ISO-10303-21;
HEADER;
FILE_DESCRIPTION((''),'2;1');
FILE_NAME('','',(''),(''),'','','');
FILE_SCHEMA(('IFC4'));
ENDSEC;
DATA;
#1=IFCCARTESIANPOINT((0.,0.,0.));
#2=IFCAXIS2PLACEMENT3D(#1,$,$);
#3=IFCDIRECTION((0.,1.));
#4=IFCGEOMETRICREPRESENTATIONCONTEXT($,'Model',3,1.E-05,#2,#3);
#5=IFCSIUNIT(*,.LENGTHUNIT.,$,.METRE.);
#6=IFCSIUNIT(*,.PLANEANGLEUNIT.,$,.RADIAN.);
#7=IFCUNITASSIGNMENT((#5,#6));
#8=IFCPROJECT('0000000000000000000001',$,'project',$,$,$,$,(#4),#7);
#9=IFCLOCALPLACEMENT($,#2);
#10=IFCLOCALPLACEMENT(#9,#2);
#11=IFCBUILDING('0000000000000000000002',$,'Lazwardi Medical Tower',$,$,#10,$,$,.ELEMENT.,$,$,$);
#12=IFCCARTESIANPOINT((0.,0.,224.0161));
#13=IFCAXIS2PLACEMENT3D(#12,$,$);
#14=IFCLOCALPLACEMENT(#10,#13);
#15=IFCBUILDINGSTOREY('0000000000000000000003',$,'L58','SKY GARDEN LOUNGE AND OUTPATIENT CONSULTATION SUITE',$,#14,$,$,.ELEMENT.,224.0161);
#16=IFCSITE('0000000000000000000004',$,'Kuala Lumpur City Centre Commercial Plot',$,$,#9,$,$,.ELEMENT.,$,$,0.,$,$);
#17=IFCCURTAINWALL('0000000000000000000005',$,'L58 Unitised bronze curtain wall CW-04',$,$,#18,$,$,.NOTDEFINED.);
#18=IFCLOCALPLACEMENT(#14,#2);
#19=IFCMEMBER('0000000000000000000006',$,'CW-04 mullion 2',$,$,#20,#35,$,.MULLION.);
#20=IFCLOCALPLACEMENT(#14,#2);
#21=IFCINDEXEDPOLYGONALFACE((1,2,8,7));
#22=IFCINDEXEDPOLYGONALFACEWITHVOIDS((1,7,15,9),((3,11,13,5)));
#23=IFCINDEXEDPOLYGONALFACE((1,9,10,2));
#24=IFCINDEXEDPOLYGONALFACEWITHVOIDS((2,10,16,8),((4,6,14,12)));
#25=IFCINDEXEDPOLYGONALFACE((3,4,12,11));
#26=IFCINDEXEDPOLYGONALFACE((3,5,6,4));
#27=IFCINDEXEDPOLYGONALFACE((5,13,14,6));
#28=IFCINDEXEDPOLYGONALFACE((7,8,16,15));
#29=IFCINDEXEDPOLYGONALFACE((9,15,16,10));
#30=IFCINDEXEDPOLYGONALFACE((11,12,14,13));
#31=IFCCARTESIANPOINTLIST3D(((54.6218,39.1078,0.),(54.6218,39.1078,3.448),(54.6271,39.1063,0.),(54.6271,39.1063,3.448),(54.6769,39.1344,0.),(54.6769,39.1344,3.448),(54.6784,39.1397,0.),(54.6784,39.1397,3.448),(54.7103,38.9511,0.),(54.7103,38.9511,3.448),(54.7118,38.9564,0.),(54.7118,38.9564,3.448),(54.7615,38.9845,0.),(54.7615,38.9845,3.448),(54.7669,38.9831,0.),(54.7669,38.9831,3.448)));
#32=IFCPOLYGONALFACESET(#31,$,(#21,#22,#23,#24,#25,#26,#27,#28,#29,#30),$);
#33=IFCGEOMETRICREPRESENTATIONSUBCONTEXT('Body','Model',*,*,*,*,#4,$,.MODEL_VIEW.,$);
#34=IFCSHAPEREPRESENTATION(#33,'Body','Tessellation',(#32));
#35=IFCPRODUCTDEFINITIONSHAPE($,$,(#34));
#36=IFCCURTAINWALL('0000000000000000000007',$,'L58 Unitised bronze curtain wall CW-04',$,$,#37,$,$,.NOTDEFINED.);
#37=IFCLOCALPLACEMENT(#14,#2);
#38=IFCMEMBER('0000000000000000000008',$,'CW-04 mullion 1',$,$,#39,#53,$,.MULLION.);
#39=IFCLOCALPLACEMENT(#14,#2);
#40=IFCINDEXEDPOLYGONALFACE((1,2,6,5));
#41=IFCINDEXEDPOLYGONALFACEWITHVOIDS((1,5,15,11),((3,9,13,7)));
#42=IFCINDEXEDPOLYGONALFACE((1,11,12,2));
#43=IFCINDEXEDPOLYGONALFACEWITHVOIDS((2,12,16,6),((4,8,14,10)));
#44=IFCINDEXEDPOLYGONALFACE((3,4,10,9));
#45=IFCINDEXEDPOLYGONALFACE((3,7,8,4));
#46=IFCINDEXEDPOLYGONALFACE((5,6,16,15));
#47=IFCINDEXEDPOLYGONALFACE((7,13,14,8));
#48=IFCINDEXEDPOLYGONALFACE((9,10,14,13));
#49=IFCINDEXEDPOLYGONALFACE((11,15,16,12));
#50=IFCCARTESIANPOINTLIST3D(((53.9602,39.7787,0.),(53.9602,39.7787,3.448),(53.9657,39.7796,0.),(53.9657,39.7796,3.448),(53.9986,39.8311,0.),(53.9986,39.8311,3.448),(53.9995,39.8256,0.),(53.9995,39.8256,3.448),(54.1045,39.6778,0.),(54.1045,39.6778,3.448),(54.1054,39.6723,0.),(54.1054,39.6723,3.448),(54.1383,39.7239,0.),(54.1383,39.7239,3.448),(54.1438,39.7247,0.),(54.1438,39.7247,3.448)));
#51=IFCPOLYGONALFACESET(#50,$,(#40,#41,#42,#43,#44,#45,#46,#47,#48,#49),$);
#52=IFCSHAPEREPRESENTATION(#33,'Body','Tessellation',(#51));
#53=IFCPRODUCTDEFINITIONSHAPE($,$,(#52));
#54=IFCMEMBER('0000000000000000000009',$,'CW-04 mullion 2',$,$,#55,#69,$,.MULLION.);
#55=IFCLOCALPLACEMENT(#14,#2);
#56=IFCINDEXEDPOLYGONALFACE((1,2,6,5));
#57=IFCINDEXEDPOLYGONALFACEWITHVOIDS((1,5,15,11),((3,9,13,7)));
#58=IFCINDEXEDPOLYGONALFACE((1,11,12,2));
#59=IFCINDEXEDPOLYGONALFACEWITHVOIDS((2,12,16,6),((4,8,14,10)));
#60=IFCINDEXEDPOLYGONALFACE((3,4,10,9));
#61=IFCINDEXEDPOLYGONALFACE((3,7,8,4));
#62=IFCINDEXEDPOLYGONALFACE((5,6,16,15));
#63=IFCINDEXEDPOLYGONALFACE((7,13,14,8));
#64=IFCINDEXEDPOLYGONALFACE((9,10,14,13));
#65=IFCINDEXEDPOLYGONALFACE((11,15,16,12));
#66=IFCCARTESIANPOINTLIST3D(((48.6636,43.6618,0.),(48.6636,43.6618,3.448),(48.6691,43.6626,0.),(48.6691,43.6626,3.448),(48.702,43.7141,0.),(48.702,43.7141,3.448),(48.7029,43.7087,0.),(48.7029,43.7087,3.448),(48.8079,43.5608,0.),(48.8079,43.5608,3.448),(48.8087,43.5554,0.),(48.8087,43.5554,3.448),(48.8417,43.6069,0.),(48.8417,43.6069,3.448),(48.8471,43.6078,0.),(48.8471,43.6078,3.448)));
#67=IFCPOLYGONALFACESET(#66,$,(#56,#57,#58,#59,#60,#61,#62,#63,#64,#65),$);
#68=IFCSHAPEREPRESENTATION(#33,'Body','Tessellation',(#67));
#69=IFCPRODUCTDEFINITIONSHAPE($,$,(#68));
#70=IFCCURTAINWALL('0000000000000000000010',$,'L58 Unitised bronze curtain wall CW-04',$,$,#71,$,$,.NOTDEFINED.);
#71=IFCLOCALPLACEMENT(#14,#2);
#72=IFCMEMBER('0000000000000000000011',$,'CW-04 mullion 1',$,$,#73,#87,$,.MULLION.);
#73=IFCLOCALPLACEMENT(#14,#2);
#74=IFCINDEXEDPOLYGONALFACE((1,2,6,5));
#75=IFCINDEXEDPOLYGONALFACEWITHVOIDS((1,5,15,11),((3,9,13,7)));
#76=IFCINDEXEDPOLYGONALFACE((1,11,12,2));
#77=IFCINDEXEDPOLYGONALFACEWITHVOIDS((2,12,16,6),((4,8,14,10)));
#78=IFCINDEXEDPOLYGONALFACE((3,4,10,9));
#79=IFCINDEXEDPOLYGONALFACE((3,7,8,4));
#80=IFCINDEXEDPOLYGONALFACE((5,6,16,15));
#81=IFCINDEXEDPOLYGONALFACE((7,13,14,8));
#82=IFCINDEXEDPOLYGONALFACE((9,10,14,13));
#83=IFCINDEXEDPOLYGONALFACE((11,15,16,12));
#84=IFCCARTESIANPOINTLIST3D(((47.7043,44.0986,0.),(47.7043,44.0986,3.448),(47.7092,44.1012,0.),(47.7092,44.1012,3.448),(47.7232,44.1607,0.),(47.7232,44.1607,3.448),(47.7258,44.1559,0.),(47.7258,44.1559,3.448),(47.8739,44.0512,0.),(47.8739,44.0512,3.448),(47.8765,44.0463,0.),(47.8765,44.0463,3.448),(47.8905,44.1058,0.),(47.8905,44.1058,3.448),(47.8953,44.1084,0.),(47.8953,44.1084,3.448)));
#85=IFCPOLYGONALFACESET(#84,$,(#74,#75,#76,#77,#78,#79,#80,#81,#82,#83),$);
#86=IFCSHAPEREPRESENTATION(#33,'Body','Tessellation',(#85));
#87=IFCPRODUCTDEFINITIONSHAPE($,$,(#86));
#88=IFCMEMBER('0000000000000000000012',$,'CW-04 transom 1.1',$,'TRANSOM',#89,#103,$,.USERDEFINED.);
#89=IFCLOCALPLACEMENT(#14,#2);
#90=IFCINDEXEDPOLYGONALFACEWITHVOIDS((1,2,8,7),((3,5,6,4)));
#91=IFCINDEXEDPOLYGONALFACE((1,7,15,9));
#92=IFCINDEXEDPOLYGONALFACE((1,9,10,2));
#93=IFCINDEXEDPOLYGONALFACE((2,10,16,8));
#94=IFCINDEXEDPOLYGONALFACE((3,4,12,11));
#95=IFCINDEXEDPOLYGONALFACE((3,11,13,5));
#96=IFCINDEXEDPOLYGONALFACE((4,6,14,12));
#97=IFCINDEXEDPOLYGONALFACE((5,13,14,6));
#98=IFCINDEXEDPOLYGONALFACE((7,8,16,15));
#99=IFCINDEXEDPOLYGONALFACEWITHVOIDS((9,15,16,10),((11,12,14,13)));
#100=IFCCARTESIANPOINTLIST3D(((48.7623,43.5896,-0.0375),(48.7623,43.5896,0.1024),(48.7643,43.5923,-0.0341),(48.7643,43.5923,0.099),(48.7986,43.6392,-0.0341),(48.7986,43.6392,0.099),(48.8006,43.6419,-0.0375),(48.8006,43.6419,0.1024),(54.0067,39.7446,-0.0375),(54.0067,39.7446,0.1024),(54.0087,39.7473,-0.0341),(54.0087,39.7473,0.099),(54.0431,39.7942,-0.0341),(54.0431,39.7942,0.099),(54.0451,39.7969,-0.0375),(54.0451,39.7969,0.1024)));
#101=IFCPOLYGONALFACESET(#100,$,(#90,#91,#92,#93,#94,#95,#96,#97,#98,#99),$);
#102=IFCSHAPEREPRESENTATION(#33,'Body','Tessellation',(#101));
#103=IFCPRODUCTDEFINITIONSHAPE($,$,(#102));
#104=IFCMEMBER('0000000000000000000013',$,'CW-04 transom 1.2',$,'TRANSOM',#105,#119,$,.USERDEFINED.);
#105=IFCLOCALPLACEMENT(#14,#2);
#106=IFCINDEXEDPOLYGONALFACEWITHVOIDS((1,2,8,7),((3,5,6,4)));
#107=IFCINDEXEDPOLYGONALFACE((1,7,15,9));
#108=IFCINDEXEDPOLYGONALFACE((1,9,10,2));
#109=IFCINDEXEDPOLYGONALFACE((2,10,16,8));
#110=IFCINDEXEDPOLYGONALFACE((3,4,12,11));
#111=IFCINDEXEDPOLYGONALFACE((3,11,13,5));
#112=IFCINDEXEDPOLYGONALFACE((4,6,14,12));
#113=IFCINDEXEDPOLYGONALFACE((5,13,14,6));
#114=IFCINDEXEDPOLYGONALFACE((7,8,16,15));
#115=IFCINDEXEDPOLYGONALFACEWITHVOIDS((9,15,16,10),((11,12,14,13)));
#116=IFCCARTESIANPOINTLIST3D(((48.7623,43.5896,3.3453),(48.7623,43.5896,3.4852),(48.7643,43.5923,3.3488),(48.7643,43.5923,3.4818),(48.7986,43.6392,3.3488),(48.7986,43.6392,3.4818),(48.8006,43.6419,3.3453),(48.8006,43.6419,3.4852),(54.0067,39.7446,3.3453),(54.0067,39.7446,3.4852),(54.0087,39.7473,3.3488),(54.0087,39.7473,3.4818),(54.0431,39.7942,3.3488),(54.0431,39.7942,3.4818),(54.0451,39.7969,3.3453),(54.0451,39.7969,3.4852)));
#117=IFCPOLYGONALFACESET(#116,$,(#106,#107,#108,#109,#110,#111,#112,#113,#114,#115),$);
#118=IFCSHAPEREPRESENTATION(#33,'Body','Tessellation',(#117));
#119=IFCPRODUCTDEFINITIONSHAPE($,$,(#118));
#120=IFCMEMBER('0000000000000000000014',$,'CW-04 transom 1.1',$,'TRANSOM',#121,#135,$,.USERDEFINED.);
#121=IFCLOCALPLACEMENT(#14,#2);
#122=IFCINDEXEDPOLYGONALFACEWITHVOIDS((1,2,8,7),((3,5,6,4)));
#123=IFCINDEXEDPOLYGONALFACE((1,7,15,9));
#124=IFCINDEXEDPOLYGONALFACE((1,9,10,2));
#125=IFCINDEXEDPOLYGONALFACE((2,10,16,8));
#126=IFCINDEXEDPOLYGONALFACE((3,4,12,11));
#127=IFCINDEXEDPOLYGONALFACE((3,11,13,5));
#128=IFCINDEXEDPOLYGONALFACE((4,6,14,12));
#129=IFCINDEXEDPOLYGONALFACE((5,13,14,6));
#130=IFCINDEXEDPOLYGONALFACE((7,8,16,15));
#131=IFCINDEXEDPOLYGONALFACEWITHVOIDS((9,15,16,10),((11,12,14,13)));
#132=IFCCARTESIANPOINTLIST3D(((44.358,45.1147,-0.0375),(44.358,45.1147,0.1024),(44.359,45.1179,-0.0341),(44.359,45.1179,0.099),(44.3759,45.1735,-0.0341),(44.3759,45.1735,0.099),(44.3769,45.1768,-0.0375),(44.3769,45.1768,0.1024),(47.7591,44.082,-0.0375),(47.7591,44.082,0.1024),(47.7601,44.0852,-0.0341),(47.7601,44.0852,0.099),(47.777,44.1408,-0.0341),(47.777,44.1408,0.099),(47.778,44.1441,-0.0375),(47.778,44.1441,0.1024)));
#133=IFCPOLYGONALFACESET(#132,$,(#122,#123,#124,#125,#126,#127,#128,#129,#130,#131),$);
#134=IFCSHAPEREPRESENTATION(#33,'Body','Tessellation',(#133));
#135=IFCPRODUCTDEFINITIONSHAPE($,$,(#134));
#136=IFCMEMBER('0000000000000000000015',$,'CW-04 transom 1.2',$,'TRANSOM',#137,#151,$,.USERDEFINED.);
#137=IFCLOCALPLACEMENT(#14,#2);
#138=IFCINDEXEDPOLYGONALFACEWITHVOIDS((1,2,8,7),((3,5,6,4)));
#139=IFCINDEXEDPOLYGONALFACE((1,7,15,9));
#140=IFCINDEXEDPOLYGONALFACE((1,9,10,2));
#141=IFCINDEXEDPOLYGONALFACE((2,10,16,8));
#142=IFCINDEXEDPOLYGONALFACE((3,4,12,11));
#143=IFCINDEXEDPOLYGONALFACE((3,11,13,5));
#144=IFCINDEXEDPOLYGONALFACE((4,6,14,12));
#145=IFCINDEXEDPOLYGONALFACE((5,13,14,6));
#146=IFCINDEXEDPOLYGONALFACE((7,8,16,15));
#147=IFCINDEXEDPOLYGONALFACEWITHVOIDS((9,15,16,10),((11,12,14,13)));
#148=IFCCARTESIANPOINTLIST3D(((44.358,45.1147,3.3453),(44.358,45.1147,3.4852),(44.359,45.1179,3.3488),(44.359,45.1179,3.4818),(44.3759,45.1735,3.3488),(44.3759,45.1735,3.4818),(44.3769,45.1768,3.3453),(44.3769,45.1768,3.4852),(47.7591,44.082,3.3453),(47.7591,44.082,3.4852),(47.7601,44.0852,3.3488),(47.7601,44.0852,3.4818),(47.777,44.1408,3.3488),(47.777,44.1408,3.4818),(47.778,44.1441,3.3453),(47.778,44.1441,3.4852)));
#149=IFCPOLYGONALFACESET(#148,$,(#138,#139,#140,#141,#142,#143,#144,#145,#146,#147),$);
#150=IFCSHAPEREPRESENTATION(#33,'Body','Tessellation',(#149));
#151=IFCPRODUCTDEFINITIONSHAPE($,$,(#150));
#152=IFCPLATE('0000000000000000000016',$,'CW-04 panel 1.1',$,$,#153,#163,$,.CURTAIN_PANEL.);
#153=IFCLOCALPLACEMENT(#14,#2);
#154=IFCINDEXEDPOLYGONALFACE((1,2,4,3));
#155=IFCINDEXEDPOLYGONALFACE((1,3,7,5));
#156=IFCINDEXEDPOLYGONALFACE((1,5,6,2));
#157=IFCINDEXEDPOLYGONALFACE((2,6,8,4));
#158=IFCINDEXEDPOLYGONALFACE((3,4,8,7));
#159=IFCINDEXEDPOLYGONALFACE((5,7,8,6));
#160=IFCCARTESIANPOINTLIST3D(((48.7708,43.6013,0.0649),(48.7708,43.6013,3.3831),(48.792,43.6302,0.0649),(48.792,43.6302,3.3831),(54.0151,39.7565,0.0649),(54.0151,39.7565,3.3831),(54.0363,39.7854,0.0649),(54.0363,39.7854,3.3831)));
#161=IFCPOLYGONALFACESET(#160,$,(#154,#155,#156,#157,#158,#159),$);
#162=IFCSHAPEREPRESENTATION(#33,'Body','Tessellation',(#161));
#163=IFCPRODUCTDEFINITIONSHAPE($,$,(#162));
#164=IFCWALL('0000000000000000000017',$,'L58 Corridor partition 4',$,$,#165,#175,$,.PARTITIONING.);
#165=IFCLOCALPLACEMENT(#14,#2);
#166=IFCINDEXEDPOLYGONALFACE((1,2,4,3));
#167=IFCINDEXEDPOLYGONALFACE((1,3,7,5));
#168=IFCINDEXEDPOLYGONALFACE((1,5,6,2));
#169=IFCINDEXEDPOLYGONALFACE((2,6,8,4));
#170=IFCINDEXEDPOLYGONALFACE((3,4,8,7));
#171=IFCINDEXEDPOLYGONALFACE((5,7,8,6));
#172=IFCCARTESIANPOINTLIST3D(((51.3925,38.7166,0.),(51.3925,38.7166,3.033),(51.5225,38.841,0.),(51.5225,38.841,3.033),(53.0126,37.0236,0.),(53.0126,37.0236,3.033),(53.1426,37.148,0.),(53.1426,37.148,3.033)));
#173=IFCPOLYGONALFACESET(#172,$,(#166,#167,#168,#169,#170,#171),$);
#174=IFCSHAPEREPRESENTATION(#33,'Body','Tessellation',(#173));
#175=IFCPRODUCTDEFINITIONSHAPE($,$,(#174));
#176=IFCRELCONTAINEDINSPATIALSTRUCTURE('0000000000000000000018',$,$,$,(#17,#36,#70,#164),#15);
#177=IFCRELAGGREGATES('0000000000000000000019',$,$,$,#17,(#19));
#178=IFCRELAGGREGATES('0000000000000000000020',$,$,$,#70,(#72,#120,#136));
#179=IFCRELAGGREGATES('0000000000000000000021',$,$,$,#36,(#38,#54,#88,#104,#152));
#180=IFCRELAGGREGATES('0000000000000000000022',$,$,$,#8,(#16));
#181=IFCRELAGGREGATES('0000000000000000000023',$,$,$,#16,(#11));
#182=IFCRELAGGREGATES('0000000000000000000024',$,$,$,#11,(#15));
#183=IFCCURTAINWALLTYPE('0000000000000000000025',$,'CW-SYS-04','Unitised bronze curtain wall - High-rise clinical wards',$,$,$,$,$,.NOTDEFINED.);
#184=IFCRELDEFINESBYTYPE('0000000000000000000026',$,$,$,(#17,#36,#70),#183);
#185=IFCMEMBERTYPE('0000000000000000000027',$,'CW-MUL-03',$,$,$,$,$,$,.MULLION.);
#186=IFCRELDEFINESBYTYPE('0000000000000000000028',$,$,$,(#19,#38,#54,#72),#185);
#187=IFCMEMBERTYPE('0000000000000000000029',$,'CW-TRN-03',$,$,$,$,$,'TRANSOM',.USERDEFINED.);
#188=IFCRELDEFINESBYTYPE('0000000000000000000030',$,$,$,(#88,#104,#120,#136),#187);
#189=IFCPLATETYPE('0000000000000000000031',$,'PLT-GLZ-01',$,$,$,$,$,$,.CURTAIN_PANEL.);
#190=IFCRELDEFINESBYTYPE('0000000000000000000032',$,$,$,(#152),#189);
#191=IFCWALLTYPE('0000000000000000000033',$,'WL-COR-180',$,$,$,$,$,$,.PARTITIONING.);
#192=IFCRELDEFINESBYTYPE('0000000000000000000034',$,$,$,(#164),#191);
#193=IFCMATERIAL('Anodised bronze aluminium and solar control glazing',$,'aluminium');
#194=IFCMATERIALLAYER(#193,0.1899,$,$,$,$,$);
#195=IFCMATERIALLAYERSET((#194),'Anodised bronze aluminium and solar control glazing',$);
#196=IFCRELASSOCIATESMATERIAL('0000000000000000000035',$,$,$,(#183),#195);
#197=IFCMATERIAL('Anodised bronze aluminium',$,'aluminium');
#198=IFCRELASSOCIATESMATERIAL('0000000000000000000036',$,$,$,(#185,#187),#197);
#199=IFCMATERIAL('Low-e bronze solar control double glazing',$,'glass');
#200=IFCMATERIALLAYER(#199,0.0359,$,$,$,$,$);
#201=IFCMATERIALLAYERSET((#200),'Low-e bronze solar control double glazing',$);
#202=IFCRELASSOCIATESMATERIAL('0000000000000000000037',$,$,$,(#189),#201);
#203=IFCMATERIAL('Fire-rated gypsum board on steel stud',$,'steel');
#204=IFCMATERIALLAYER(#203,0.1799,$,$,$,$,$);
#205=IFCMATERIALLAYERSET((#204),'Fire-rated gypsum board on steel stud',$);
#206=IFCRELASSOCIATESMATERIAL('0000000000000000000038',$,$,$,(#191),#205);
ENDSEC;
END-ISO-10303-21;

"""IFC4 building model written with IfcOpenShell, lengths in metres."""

from ifc_helpers import new_model, si_unit, direction, frame, frame_2d, origin, origin_2d, place, context, subcontext, project, spatial, rectangle, hollow_rectangle, extrude, material, layer, layer_set, material_profile, profile_set, type_object, element, aggregate, save


model = new_model("IFC4")

# Units and contexts
model_context = context("Model", 3, precision=1e-05, world=origin(), true_north=direction((0.0, 1.0)))
body_context = subcontext(model_context, "Body", "Model", "MODEL_VIEW")
ifc_project = project(units=[si_unit("LENGTHUNIT", "METRE"), si_unit("PLANEANGLEUNIT", "RADIAN")], contexts=[model_context])

# Site, building, storey
site_placement = place(None, origin())
site = spatial("IfcSite", under=ifc_project, at=site_placement, Name="Kuala Lumpur City Centre Commercial Plot", CompositionType="ELEMENT", RefElevation=0.0)
building_placement = place(site_placement, origin())
building = spatial("IfcBuilding", under=site, at=building_placement, Name="Lazwardi Medical Tower", CompositionType="ELEMENT")
storey_placement = place(building_placement, frame((0.0, 0.0, 224.0161)))
storey = spatial("IfcBuildingStorey", under=building, at=storey_placement, Name="L58", Description="SKY GARDEN LOUNGE AND OUTPATIENT CONSULTATION SUITE", CompositionType="ELEMENT", Elevation=224.0161)

# Curtain wall, member
ifc_material_1 = material(Name="Anodised bronze aluminium and solar control glazing", Category="aluminium")
ifc_layer_1 = layer(ifc_material_1, 0.1899)
ifc_layer_set_1 = layer_set([ifc_layer_1], Name="Anodised bronze aluminium and solar control glazing")
curtain_wall_type = type_object("IfcCurtainWallType", Name="CW-SYS-04", Description="Unitised bronze curtain wall - High-rise clinical wards", PredefinedType="NOTDEFINED", material=ifc_layer_set_1)
curtain_wall_1_placement = place(storey_placement, origin())
curtain_wall_1 = element("IfcCurtainWall", 1, at=curtain_wall_1_placement, inside=storey, type_object=curtain_wall_type, Name="L58 Unitised bronze curtain wall CW-04", PredefinedType="NOTDEFINED")
ifc_material_2 = material(Name="Anodised bronze aluminium", Category="aluminium")
ifc_material_profile_1 = material_profile(ifc_material_2, hollow_rectangle(XDim=0.0649, YDim=0.1799, WallThickness=0.0039, at=origin_2d()), Name="ALU-MULLION 180x65x4")
ifc_profile_set_1 = profile_set([ifc_material_profile_1], Name="Anodised bronze aluminium")
member_type_1 = type_object("IfcMemberType", Name="CW-MUL-03", PredefinedType="MULLION", material=ifc_profile_set_1)
member_1_placement = place(storey_placement, frame((54.6943, 39.0454, 0.0), z_axis=(0.0, 0.0, 1.0), x_axis=(-0.870651, -0.4919, 0.0)))
member_1 = element("IfcMember", 2, at=member_1_placement, type_object=member_type_1, Name="CW-04 mullion 2", PredefinedType="MULLION", context=body_context, shape_type="SweptSolid", body=[
    extrude(hollow_rectangle(XDim=0.0649, YDim=0.1799, WallThickness=0.0039, at=origin_2d()), origin(), (0.0, 0.0, 1.0), 3.448),
])
aggregate(curtain_wall_1, [member_1])

# Curtain wall, members
curtain_wall_2_placement = place(storey_placement, origin())
curtain_wall_2 = element("IfcCurtainWall", 3, at=curtain_wall_2_placement, inside=storey, type_object=curtain_wall_type, Name="L58 Unitised bronze curtain wall CW-04", PredefinedType="NOTDEFINED")
member_2_placement = place(storey_placement, frame((54.052, 39.7517, 0.0), z_axis=(0.0, 0.0, 1.0), x_axis=(-0.591268, -0.806475, 0.0)))
member_2 = element("IfcMember", 4, at=member_2_placement, type_object=member_type_1, Name="CW-04 mullion 1", PredefinedType="MULLION", context=body_context, shape_type="SweptSolid", body=[
    extrude(hollow_rectangle(XDim=0.0649, YDim=0.1799, WallThickness=0.0039, at=origin_2d()), origin(), (0.0, 0.0, 1.0), 3.448),
])
member_3_placement = place(storey_placement, frame((48.7554, 43.6348, 0.0), z_axis=(0.0, 0.0, 1.0), x_axis=(-0.591268, -0.806475, 0.0)))
member_3 = element("IfcMember", 5, at=member_3_placement, type_object=member_type_1, Name="CW-04 mullion 2", PredefinedType="MULLION", context=body_context, shape_type="SweptSolid", body=[
    extrude(hollow_rectangle(XDim=0.0649, YDim=0.1799, WallThickness=0.0039, at=origin_2d()), origin(), (0.0, 0.0, 1.0), 3.448),
])

# Curtain wall, member
curtain_wall_3_placement = place(storey_placement, origin())
curtain_wall_3 = element("IfcCurtainWall", 6, at=curtain_wall_3_placement, inside=storey, type_object=curtain_wall_type, Name="L58 Unitised bronze curtain wall CW-04", PredefinedType="NOTDEFINED")
member_4_placement = place(storey_placement, frame((47.7998, 44.1035, 0.0), z_axis=(0.0, 0.0, 1.0), x_axis=(-0.290582, -0.95685, 0.0)))
member_4 = element("IfcMember", 7, at=member_4_placement, type_object=member_type_1, Name="CW-04 mullion 1", PredefinedType="MULLION", context=body_context, shape_type="SweptSolid", body=[
    extrude(hollow_rectangle(XDim=0.0649, YDim=0.1799, WallThickness=0.0039, at=origin_2d()), origin(), (0.0, 0.0, 1.0), 3.448),
])

# Members
ifc_material_profile_2 = material_profile(ifc_material_2, hollow_rectangle(XDim=0.0649, YDim=0.1399, WallThickness=0.0034, at=origin_2d()), Name="ALU-TRANSOM 140x65x3.5")
ifc_profile_set_2 = profile_set([ifc_material_profile_2], Name="Anodised bronze aluminium")
member_type_2 = type_object("IfcMemberType", Name="CW-TRN-03", ElementType="TRANSOM", PredefinedType="USERDEFINED", material=ifc_profile_set_2)
member_5_placement = place(storey_placement, frame((54.0259, 39.7708, 0.0325), z_axis=(-0.806472, 0.591273, 0.0), x_axis=(-0.591273, -0.806472, 0.0)))
member_5 = element("IfcMember", 8, at=member_5_placement, type_object=member_type_2, Name="CW-04 transom 1.1", ObjectType="TRANSOM", PredefinedType="USERDEFINED", context=body_context, shape_type="SweptSolid", body=[
    extrude(hollow_rectangle(XDim=0.0649, YDim=0.1399, WallThickness=0.0034, at=origin_2d()), origin(), (0.0, 0.0, 1.0), 6.5029),
])
member_6_placement = place(storey_placement, frame((54.0259, 39.7708, 3.4153), z_axis=(-0.806472, 0.591273, 0.0), x_axis=(-0.591273, -0.806472, 0.0)))
member_6 = element("IfcMember", 9, at=member_6_placement, type_object=member_type_2, Name="CW-04 transom 1.2", ObjectType="TRANSOM", PredefinedType="USERDEFINED", context=body_context, shape_type="SweptSolid", body=[
    extrude(hollow_rectangle(XDim=0.0649, YDim=0.1399, WallThickness=0.0034, at=origin_2d()), origin(), (0.0, 0.0, 1.0), 6.5029),
])
member_7_placement = place(storey_placement, frame((47.7686, 44.113, 0.0325), z_axis=(-0.956863, 0.290541, 0.0), x_axis=(-0.290541, -0.956863, 0.0)))
member_7 = element("IfcMember", 10, at=member_7_placement, type_object=member_type_2, Name="CW-04 transom 1.1", ObjectType="TRANSOM", PredefinedType="USERDEFINED", context=body_context, shape_type="SweptSolid", body=[
    extrude(hollow_rectangle(XDim=0.0649, YDim=0.1399, WallThickness=0.0034, at=origin_2d()), origin(), (0.0, 0.0, 1.0), 3.5544),
])
member_8_placement = place(storey_placement, frame((47.7686, 44.113, 3.4153), z_axis=(-0.956863, 0.290541, 0.0), x_axis=(-0.290541, -0.956863, 0.0)))
member_8 = element("IfcMember", 11, at=member_8_placement, type_object=member_type_2, Name="CW-04 transom 1.2", ObjectType="TRANSOM", PredefinedType="USERDEFINED", context=body_context, shape_type="SweptSolid", body=[
    extrude(hollow_rectangle(XDim=0.0649, YDim=0.1399, WallThickness=0.0034, at=origin_2d()), origin(), (0.0, 0.0, 1.0), 3.5544),
])
aggregate(curtain_wall_3, [member_4, member_7, member_8])

# Plate
ifc_material_3 = material(Name="Low-e bronze solar control double glazing", Category="glass")
ifc_layer_2 = layer(ifc_material_3, 0.0359)
ifc_layer_set_2 = layer_set([ifc_layer_2], Name="Low-e bronze solar control double glazing")
plate_type = type_object("IfcPlateType", Name="PLT-GLZ-01", PredefinedType="CURTAIN_PANEL", material=ifc_layer_set_2)
plate_placement = place(storey_placement, frame((51.4036, 41.6934, 0.0649), z_axis=(0.0, 0.0, 1.0), x_axis=(-0.806475, 0.591268, 0.0)))
plate = element("IfcPlate", 12, at=plate_placement, type_object=plate_type, Name="CW-04 panel 1.1", PredefinedType="CURTAIN_PANEL", context=body_context, shape_type="SweptSolid", body=[
    extrude(rectangle(XDim=6.5027, YDim=0.0359, at=origin_2d()), origin(), (0.0, 0.0, 1.0), 3.3181),
])
aggregate(curtain_wall_2, [member_2, member_3, member_5, member_6, plate])

# Wall
ifc_material_4 = material(Name="Fire-rated gypsum board on steel stud", Category="steel")
ifc_layer_3 = layer(ifc_material_4, 0.1799)
ifc_layer_set_3 = layer_set([ifc_layer_3], Name="Fire-rated gypsum board on steel stud")
wall_type = type_object("IfcWallType", Name="WL-COR-180", PredefinedType="PARTITIONING", material=ifc_layer_set_3)
wall_1_placement = place(storey_placement, frame((51.4575, 38.7788, 0.0), z_axis=(0.0, 0.0, 1.0), x_axis=(0.69136, -0.722511, 0.0)))
element("IfcWall", 13, at=wall_1_placement, inside=storey, type_object=wall_type, Name="L58 Corridor partition 4", PredefinedType="PARTITIONING", context=body_context, shape_type="SweptSolid", body=[
    extrude(rectangle(XDim=2.3433, YDim=0.1799, at=frame_2d((1.1716, 0.0))), origin(), (0.0, 0.0, 1.0), 3.033),
])

save(model, "model.ifc")
